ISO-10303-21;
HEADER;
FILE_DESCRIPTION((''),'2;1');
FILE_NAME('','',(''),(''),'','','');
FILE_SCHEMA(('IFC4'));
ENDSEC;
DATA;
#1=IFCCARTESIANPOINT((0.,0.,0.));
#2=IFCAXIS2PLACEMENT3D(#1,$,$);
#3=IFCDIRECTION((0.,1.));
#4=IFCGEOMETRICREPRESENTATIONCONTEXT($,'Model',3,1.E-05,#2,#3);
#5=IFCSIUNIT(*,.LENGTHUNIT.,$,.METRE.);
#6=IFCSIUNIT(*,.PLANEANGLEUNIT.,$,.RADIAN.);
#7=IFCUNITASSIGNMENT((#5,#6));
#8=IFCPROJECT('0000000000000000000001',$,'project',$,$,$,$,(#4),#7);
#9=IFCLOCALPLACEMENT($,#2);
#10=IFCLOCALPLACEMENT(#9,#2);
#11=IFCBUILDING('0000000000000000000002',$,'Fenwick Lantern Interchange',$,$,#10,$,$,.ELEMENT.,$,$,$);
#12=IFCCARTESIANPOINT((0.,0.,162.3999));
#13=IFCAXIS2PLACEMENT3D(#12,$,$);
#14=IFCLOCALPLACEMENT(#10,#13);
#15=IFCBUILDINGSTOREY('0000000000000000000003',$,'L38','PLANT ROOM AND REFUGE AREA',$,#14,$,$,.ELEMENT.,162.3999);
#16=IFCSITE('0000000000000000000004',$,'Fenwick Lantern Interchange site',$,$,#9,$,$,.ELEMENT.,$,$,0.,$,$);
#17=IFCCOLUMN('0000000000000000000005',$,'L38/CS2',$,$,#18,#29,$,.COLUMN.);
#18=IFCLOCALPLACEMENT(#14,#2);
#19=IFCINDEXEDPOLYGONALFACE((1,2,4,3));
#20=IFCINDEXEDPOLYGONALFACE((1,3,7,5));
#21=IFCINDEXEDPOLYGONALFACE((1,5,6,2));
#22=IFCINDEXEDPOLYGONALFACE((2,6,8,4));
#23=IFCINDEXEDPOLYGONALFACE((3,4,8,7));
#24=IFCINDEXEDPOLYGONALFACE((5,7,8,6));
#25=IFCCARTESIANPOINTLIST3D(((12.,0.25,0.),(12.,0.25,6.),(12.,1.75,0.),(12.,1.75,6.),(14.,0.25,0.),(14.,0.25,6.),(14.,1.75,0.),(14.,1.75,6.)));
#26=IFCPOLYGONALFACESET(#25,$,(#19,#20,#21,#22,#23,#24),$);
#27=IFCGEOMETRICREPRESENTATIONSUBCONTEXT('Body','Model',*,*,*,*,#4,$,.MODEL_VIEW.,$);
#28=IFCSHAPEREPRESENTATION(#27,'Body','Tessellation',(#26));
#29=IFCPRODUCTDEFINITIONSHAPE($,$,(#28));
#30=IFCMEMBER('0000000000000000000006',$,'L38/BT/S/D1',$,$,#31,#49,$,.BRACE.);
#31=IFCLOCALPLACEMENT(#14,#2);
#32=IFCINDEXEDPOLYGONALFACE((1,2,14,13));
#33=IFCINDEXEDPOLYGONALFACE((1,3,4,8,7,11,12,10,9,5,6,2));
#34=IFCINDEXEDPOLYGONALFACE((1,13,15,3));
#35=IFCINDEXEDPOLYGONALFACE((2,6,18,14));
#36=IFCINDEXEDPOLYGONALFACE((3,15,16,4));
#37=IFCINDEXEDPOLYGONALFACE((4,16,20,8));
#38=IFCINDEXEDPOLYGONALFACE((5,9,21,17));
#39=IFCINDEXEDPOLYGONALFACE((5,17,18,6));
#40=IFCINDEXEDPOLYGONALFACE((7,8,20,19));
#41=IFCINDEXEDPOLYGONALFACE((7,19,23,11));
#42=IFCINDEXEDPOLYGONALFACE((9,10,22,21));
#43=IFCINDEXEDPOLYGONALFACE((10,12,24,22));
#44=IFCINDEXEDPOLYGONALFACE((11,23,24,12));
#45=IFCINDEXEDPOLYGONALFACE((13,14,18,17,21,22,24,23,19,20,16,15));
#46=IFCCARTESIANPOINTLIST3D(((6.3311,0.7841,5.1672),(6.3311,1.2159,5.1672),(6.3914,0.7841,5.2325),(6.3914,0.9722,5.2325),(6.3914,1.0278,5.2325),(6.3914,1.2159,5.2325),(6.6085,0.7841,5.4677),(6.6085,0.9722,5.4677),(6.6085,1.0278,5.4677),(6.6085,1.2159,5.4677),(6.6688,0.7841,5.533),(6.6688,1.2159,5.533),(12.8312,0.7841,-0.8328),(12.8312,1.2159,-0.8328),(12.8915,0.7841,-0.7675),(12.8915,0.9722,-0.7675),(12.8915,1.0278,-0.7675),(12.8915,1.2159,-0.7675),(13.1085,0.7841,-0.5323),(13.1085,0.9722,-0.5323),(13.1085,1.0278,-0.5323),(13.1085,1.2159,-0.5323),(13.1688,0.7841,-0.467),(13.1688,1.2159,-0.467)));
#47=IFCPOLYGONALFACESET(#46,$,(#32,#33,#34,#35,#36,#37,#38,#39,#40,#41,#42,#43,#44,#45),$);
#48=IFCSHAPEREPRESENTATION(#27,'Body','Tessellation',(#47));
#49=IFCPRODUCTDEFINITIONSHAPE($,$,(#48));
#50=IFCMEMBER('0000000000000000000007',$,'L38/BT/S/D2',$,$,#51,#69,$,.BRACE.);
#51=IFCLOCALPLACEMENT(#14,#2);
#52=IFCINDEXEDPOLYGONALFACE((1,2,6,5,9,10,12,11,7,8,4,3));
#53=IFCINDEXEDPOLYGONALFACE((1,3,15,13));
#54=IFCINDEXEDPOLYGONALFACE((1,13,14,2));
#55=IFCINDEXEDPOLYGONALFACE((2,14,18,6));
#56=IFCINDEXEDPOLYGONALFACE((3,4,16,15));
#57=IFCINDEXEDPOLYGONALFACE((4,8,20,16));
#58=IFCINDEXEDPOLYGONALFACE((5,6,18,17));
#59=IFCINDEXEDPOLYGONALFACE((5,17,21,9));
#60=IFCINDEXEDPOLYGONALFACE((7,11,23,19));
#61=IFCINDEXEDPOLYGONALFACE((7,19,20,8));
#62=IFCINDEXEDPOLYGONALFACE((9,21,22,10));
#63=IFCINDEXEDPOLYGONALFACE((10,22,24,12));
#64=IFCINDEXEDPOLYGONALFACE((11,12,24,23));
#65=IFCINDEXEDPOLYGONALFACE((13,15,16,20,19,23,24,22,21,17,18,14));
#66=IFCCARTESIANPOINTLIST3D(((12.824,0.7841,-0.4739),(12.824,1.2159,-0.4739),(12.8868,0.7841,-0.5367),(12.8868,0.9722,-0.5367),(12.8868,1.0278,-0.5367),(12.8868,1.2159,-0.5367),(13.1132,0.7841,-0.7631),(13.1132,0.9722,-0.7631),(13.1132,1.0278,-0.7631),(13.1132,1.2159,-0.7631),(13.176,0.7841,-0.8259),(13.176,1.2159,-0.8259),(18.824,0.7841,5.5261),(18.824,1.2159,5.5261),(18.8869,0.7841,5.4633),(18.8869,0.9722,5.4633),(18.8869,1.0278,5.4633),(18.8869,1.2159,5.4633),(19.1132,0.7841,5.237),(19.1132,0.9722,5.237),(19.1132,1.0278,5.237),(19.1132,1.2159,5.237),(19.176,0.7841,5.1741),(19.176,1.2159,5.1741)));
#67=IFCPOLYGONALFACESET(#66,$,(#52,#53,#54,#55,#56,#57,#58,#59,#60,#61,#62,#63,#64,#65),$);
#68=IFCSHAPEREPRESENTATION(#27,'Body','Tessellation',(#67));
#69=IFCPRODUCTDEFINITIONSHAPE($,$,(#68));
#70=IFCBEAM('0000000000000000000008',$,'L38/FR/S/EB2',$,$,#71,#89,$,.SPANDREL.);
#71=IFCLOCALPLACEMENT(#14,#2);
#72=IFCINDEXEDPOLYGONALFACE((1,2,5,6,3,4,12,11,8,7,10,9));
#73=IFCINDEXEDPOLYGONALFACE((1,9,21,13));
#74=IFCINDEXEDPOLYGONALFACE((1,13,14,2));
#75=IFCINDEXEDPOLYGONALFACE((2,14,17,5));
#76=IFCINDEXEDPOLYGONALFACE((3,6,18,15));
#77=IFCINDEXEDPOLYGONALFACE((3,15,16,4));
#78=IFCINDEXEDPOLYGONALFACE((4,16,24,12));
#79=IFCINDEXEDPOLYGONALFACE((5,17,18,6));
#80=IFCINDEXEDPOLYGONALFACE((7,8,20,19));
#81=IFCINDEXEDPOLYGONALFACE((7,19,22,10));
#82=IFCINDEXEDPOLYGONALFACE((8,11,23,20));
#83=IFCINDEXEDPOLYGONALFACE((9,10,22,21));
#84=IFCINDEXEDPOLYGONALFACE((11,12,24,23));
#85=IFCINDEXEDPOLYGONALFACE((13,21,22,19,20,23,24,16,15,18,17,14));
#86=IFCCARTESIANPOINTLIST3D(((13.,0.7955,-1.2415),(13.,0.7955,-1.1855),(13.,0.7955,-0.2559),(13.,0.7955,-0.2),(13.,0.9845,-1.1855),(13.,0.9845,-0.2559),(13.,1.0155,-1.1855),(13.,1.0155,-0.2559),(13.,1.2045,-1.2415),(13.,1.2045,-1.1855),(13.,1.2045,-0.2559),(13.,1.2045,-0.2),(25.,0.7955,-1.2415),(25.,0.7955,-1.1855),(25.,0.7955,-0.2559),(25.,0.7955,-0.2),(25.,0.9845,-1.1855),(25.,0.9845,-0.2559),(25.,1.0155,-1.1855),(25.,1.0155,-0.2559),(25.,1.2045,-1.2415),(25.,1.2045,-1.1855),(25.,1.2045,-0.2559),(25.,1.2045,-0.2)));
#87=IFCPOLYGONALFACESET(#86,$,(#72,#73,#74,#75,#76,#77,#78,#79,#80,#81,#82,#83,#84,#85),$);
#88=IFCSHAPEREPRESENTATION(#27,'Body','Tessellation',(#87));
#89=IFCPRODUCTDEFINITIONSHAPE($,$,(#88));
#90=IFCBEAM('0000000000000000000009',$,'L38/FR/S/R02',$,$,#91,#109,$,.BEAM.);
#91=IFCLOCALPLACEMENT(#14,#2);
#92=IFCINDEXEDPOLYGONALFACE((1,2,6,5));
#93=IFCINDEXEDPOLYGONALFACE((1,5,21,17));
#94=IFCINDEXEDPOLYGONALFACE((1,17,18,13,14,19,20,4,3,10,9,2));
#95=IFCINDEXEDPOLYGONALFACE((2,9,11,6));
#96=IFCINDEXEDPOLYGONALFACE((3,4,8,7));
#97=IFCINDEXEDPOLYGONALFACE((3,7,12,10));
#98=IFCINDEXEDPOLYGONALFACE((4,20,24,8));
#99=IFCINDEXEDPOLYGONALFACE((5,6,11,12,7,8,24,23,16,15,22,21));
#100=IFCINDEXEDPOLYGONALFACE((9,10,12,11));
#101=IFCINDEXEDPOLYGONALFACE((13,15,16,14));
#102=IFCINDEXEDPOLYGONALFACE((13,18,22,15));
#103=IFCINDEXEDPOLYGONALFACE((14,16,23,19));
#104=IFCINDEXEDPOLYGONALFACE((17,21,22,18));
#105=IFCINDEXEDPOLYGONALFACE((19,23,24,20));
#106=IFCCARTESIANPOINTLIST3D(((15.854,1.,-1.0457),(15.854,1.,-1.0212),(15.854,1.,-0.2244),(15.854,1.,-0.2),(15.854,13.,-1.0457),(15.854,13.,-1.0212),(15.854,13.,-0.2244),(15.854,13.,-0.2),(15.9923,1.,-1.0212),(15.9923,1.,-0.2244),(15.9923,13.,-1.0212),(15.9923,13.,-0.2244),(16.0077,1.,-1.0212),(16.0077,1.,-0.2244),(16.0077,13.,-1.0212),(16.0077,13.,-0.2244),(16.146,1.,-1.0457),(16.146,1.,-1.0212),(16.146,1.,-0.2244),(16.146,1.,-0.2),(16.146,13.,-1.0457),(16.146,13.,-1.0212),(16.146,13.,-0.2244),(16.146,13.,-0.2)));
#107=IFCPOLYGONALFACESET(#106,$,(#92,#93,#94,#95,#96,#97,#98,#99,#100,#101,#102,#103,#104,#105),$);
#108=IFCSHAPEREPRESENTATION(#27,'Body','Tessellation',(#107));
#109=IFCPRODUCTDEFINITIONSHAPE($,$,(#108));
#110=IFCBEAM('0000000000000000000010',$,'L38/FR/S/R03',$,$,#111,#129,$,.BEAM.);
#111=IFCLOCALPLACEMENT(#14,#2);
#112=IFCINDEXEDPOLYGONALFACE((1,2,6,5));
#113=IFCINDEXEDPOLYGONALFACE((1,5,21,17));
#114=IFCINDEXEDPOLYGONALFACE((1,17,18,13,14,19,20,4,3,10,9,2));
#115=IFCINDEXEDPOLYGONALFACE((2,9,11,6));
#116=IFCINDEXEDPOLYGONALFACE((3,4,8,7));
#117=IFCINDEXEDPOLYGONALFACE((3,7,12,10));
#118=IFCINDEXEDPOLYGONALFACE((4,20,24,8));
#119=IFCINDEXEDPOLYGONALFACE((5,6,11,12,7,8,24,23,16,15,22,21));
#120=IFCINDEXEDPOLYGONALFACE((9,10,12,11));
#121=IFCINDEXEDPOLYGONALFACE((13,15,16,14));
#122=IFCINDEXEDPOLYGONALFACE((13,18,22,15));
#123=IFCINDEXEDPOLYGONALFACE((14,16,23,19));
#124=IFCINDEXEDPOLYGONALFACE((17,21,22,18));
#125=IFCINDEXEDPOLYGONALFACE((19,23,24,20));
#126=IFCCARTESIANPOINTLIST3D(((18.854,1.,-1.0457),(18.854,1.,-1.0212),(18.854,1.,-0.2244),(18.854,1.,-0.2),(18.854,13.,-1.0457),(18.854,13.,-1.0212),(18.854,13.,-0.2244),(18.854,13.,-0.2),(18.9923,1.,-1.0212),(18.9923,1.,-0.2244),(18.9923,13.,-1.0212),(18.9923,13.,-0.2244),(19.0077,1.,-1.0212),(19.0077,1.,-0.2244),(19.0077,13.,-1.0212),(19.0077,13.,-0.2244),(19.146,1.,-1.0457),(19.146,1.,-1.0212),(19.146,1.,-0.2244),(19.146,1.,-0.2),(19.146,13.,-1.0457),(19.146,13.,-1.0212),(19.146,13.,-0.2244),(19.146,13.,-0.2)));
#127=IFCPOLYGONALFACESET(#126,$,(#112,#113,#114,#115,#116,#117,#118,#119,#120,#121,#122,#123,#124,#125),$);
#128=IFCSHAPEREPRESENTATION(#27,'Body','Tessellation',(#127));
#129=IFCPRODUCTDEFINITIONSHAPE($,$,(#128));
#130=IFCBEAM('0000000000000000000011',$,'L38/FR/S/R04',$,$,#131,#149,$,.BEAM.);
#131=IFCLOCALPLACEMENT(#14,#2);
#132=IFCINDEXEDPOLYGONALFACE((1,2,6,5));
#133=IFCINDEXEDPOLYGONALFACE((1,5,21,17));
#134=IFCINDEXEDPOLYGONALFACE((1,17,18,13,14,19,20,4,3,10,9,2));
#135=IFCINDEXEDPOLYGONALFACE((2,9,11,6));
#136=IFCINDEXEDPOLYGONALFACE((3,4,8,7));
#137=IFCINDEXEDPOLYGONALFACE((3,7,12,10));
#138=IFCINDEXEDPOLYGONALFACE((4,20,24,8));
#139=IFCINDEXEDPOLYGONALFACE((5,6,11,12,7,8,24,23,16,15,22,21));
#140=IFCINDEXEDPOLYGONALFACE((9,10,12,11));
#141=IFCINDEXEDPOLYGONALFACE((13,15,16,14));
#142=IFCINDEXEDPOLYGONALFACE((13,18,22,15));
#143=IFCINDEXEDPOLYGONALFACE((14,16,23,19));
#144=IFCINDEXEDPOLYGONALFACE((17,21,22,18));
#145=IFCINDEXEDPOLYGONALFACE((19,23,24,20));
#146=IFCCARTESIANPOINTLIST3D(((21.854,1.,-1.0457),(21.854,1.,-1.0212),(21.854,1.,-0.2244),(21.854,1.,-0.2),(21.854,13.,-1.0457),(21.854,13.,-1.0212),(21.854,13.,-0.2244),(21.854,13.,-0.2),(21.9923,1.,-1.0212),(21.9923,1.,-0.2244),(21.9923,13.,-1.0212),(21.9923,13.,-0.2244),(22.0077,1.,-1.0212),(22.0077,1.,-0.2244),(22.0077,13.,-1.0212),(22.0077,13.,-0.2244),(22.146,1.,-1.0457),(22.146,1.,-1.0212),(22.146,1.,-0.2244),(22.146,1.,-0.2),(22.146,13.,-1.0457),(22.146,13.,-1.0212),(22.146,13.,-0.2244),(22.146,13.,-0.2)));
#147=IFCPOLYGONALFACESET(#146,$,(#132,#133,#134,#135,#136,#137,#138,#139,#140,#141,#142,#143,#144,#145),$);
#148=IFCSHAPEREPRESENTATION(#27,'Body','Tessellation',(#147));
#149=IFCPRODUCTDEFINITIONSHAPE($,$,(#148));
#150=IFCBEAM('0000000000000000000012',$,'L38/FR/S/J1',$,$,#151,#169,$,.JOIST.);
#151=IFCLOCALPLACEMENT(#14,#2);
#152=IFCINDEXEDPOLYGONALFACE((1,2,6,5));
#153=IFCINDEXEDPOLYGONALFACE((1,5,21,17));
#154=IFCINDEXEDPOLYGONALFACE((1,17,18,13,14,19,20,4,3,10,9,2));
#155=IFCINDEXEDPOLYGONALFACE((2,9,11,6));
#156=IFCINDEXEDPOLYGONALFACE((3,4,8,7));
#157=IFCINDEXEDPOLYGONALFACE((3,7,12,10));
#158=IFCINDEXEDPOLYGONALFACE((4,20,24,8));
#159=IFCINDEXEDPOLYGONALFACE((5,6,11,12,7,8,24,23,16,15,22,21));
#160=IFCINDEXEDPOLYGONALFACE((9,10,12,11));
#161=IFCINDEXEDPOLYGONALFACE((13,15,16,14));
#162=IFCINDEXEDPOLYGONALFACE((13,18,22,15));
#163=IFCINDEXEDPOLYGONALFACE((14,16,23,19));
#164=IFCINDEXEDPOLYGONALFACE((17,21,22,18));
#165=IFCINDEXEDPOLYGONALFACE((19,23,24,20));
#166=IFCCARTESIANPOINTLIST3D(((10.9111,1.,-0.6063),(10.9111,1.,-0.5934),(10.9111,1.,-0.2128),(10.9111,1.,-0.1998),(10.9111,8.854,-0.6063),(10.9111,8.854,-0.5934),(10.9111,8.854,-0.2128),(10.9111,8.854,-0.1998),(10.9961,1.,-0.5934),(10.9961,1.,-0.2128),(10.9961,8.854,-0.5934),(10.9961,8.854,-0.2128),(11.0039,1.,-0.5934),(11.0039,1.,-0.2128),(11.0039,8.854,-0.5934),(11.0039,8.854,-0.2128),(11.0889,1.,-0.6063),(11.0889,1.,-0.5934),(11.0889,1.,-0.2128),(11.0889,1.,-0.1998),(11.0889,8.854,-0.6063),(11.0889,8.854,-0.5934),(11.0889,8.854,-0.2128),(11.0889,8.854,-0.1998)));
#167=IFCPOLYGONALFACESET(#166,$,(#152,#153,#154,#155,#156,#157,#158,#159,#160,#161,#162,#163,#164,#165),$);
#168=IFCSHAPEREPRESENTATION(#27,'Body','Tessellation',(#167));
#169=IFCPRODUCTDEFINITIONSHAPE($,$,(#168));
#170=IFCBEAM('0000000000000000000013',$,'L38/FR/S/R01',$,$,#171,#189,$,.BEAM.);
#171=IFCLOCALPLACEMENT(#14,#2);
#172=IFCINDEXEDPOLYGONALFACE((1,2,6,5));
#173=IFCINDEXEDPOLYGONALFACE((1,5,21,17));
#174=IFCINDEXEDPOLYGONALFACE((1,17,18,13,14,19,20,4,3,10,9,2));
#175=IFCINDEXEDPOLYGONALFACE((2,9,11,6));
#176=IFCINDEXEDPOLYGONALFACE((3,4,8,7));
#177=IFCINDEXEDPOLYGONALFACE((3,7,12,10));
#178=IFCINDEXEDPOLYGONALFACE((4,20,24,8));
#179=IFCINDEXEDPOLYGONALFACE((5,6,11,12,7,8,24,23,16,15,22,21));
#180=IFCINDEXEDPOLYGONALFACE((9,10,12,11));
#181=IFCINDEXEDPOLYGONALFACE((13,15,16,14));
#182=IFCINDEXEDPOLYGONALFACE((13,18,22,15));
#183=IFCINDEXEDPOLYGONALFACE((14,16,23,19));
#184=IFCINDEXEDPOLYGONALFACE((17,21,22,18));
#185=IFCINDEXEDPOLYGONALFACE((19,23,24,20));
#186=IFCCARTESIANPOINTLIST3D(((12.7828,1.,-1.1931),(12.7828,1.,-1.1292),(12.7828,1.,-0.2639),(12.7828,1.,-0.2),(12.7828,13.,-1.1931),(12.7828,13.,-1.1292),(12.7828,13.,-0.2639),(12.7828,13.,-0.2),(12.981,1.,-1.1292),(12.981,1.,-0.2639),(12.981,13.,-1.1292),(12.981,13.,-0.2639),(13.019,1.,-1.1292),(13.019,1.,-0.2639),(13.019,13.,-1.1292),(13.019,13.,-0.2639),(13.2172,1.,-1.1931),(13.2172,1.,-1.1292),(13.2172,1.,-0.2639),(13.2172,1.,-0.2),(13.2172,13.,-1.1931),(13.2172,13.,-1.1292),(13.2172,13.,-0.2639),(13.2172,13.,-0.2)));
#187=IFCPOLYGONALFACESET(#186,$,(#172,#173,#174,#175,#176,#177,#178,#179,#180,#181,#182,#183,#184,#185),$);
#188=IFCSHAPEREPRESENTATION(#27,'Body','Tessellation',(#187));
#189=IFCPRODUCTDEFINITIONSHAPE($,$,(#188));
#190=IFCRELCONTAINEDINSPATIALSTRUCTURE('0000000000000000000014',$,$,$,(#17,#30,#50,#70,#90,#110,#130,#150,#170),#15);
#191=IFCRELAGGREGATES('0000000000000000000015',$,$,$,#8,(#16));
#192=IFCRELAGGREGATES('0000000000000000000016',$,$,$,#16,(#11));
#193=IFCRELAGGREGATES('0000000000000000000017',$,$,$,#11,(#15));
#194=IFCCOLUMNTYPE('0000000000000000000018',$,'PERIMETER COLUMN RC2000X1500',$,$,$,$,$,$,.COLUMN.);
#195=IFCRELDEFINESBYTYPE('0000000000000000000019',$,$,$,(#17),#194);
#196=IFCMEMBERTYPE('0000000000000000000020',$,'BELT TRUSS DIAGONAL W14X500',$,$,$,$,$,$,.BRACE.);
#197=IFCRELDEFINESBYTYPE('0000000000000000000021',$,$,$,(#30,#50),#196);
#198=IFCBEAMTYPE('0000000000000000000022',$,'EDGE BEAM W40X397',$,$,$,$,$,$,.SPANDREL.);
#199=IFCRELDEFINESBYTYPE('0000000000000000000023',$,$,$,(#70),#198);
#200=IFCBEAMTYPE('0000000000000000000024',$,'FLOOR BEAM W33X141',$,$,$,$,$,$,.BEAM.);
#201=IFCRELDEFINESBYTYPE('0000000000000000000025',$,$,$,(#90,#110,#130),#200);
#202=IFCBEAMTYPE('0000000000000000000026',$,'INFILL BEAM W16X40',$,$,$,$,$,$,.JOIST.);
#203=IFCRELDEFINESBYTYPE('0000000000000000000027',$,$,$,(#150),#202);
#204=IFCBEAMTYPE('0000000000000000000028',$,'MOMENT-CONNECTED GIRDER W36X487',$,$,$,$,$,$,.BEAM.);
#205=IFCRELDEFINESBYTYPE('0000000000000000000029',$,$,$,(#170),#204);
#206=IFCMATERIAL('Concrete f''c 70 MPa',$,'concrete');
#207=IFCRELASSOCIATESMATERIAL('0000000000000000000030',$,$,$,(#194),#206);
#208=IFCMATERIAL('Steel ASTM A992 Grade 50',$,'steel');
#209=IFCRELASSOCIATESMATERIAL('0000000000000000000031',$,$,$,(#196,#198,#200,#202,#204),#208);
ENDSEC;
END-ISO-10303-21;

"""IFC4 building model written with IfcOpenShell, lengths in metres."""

from ifc_helpers import new_model, si_unit, direction, frame, origin, origin_2d, place, context, subcontext, project, spatial, rectangle, i_section, extrude, material, material_profile, profile_set, type_object, element, save


model = new_model("IFC4")

# Units and contexts
model_context = context("Model", 3, precision=1e-05, world=origin(), true_north=direction((0.0, 1.0)))
body_context = subcontext(model_context, "Body", "Model", "MODEL_VIEW")
ifc_project = project(units=[si_unit("LENGTHUNIT", "METRE"), si_unit("PLANEANGLEUNIT", "RADIAN")], contexts=[model_context])

# Site, building, storey
site_placement = place(None, origin())
site = spatial("IfcSite", under=ifc_project, at=site_placement, Name="Fenwick Lantern Interchange site", CompositionType="ELEMENT", RefElevation=0.0)
building_placement = place(site_placement, origin())
building = spatial("IfcBuilding", under=site, at=building_placement, Name="Fenwick Lantern Interchange", CompositionType="ELEMENT")
storey_placement = place(building_placement, frame((0.0, 0.0, 162.3999)))
storey = spatial("IfcBuildingStorey", under=building, at=storey_placement, Name="L38", Description="PLANT ROOM AND REFUGE AREA", CompositionType="ELEMENT", Elevation=162.3999)

# Column
ifc_material_1 = material(Name="Concrete f'c 70 MPa", Category="concrete")
ifc_material_profile_1 = material_profile(ifc_material_1, rectangle(XDim=2.0, YDim=1.5, at=origin_2d()), Name="RC2000X1500")
ifc_profile_set_1 = profile_set([ifc_material_profile_1], Name="Concrete f'c 70 MPa")
column_type = type_object("IfcColumnType", Name="PERIMETER COLUMN RC2000X1500", PredefinedType="COLUMN", material=ifc_profile_set_1)
column_placement = place(storey_placement, frame((13.0, 1.0, 0.0), z_axis=(0.0, 0.0, 1.0), x_axis=(1.0, 0.0, 0.0)))
element("IfcColumn", 1, at=column_placement, inside=storey, type_object=column_type, Name="L38/CS2", PredefinedType="COLUMN", context=body_context, shape_type="SweptSolid", body=[
    extrude(rectangle(XDim=2.0, YDim=1.5, at=origin_2d()), origin(), (0.0, 0.0, 1.0), 6.0),
])

# Members
ifc_material_2 = material(Name="Steel ASTM A992 Grade 50", Category="steel")
ifc_material_profile_2 = material_profile(ifc_material_2, i_section(OverallWidth=0.4319, OverallDepth=0.4978, WebThickness=0.0557, FlangeThickness=0.0889, at=origin_2d()), Name="W14X500")
ifc_profile_set_2 = profile_set([ifc_material_profile_2], Name="Steel ASTM A992 Grade 50")
member_type_1 = type_object("IfcMemberType", Name="BELT TRUSS DIAGONAL W14X500", PredefinedType="BRACE", material=ifc_profile_set_2)
member_1_placement = place(storey_placement, frame((13.0, 1.0, -0.6499), z_axis=(-0.734803, 0.0, 0.67828), x_axis=(0.0, -1.0, 0.0)))
element("IfcMember", 2, at=member_1_placement, inside=storey, type_object=member_type_1, Name="L38/BT/S/D1", PredefinedType="BRACE", context=body_context, shape_type="SweptSolid", body=[
    extrude(i_section(OverallWidth=0.4319, OverallDepth=0.4978, WebThickness=0.0557, FlangeThickness=0.0889, at=origin_2d()), origin(), (0.0, 0.0, 1.0), 8.8459),
])
member_2_placement = place(storey_placement, frame((13.0, 1.0, -0.6499), z_axis=(0.707107, 0.0, 0.707107), x_axis=(0.0, 1.0, 0.0)))
element("IfcMember", 3, at=member_2_placement, inside=storey, type_object=member_type_1, Name="L38/BT/S/D2", PredefinedType="BRACE", context=body_context, shape_type="SweptSolid", body=[
    extrude(i_section(OverallWidth=0.4319, OverallDepth=0.4978, WebThickness=0.0557, FlangeThickness=0.0889, at=origin_2d()), origin(), (0.0, 0.0, 1.0), 8.4854),
])

# Beams
ifc_material_profile_3 = material_profile(ifc_material_2, i_section(OverallWidth=0.4089, OverallDepth=1.0415, WebThickness=0.031, FlangeThickness=0.0559, at=origin_2d()), Name="W40X397")
ifc_profile_set_3 = profile_set([ifc_material_profile_3], Name="Steel ASTM A992 Grade 50")
beam_type_1 = type_object("IfcBeamType", Name="EDGE BEAM W40X397", PredefinedType="SPANDREL", material=ifc_profile_set_3)
beam_1_placement = place(storey_placement, frame((13.0, 1.0, -0.7207), z_axis=(1.0, 0.0, 0.0), x_axis=(0.0, 1.0, 0.0)))
element("IfcBeam", 4, at=beam_1_placement, inside=storey, type_object=beam_type_1, Name="L38/FR/S/EB2", PredefinedType="SPANDREL", context=body_context, shape_type="SweptSolid", body=[
    extrude(i_section(OverallWidth=0.4089, OverallDepth=1.0415, WebThickness=0.031, FlangeThickness=0.0559, at=origin_2d()), origin(), (0.0, 0.0, 1.0), 12.0),
])
ifc_material_profile_4 = material_profile(ifc_material_2, i_section(OverallWidth=0.292, OverallDepth=0.8457, WebThickness=0.0154, FlangeThickness=0.0244, at=origin_2d()), Name="W33X141")
ifc_profile_set_4 = profile_set([ifc_material_profile_4], Name="Steel ASTM A992 Grade 50")
beam_type_2 = type_object("IfcBeamType", Name="FLOOR BEAM W33X141", PredefinedType="BEAM", material=ifc_profile_set_4)
for number, where, z_axis, x_axis, name in (
    (5, (16.0, 1.0, -0.6228), (0.0, 1.0, 0.0), (-1.0, 0.0, 0.0), "L38/FR/S/R02"),
    (6, (19.0, 1.0, -0.6228), (0.0, 1.0, 0.0), (-1.0, 0.0, 0.0), "L38/FR/S/R03"),
    (7, (22.0, 1.0, -0.6228), (0.0, 1.0, 0.0), (-1.0, 0.0, 0.0), "L38/FR/S/R04"),
):
    element("IfcBeam", number, at=place(storey_placement, frame(where, z_axis=z_axis, x_axis=x_axis)), inside=storey, type_object=beam_type_2, Name=name, PredefinedType="BEAM", context=body_context, shape_type="SweptSolid", body=[
        extrude(i_section(OverallWidth=0.292, OverallDepth=0.8457, WebThickness=0.0154, FlangeThickness=0.0244, at=origin_2d()), origin(), (0.0, 0.0, 1.0), 12.0),
    ])
ifc_material_profile_5 = material_profile(ifc_material_2, i_section(OverallWidth=0.1777, OverallDepth=0.4065, WebThickness=0.0078, FlangeThickness=0.0129, at=origin_2d()), Name="W16X40")
ifc_profile_set_5 = profile_set([ifc_material_profile_5], Name="Steel ASTM A992 Grade 50")
beam_type_3 = type_object("IfcBeamType", Name="INFILL BEAM W16X40", PredefinedType="JOIST", material=ifc_profile_set_5)
beam_2_placement = place(storey_placement, frame((11.0, 1.0, -0.4031), z_axis=(0.0, 1.0, 0.0), x_axis=(-1.0, 0.0, 0.0)))
element("IfcBeam", 8, at=beam_2_placement, inside=storey, type_object=beam_type_3, Name="L38/FR/S/J1", PredefinedType="JOIST", context=body_context, shape_type="SweptSolid", body=[
    extrude(i_section(OverallWidth=0.1777, OverallDepth=0.4065, WebThickness=0.0078, FlangeThickness=0.0129, at=origin_2d()), origin(), (0.0, 0.0, 1.0), 7.854),
])
ifc_material_profile_6 = material_profile(ifc_material_2, i_section(OverallWidth=0.4343, OverallDepth=0.9932, WebThickness=0.0381, FlangeThickness=0.064, at=origin_2d()), Name="W36X487")
ifc_profile_set_6 = profile_set([ifc_material_profile_6], Name="Steel ASTM A992 Grade 50")
beam_type_4 = type_object("IfcBeamType", Name="MOMENT-CONNECTED GIRDER W36X487", PredefinedType="BEAM", material=ifc_profile_set_6)
beam_3_placement = place(storey_placement, frame((13.0, 1.0, -0.6965), z_axis=(0.0, 1.0, 0.0), x_axis=(-1.0, 0.0, 0.0)))
element("IfcBeam", 9, at=beam_3_placement, inside=storey, type_object=beam_type_4, Name="L38/FR/S/R01", PredefinedType="BEAM", context=body_context, shape_type="SweptSolid", body=[
    extrude(i_section(OverallWidth=0.4343, OverallDepth=0.9932, WebThickness=0.0381, FlangeThickness=0.064, at=origin_2d()), origin(), (0.0, 0.0, 1.0), 12.0),
])

save(model, "model.ifc")
